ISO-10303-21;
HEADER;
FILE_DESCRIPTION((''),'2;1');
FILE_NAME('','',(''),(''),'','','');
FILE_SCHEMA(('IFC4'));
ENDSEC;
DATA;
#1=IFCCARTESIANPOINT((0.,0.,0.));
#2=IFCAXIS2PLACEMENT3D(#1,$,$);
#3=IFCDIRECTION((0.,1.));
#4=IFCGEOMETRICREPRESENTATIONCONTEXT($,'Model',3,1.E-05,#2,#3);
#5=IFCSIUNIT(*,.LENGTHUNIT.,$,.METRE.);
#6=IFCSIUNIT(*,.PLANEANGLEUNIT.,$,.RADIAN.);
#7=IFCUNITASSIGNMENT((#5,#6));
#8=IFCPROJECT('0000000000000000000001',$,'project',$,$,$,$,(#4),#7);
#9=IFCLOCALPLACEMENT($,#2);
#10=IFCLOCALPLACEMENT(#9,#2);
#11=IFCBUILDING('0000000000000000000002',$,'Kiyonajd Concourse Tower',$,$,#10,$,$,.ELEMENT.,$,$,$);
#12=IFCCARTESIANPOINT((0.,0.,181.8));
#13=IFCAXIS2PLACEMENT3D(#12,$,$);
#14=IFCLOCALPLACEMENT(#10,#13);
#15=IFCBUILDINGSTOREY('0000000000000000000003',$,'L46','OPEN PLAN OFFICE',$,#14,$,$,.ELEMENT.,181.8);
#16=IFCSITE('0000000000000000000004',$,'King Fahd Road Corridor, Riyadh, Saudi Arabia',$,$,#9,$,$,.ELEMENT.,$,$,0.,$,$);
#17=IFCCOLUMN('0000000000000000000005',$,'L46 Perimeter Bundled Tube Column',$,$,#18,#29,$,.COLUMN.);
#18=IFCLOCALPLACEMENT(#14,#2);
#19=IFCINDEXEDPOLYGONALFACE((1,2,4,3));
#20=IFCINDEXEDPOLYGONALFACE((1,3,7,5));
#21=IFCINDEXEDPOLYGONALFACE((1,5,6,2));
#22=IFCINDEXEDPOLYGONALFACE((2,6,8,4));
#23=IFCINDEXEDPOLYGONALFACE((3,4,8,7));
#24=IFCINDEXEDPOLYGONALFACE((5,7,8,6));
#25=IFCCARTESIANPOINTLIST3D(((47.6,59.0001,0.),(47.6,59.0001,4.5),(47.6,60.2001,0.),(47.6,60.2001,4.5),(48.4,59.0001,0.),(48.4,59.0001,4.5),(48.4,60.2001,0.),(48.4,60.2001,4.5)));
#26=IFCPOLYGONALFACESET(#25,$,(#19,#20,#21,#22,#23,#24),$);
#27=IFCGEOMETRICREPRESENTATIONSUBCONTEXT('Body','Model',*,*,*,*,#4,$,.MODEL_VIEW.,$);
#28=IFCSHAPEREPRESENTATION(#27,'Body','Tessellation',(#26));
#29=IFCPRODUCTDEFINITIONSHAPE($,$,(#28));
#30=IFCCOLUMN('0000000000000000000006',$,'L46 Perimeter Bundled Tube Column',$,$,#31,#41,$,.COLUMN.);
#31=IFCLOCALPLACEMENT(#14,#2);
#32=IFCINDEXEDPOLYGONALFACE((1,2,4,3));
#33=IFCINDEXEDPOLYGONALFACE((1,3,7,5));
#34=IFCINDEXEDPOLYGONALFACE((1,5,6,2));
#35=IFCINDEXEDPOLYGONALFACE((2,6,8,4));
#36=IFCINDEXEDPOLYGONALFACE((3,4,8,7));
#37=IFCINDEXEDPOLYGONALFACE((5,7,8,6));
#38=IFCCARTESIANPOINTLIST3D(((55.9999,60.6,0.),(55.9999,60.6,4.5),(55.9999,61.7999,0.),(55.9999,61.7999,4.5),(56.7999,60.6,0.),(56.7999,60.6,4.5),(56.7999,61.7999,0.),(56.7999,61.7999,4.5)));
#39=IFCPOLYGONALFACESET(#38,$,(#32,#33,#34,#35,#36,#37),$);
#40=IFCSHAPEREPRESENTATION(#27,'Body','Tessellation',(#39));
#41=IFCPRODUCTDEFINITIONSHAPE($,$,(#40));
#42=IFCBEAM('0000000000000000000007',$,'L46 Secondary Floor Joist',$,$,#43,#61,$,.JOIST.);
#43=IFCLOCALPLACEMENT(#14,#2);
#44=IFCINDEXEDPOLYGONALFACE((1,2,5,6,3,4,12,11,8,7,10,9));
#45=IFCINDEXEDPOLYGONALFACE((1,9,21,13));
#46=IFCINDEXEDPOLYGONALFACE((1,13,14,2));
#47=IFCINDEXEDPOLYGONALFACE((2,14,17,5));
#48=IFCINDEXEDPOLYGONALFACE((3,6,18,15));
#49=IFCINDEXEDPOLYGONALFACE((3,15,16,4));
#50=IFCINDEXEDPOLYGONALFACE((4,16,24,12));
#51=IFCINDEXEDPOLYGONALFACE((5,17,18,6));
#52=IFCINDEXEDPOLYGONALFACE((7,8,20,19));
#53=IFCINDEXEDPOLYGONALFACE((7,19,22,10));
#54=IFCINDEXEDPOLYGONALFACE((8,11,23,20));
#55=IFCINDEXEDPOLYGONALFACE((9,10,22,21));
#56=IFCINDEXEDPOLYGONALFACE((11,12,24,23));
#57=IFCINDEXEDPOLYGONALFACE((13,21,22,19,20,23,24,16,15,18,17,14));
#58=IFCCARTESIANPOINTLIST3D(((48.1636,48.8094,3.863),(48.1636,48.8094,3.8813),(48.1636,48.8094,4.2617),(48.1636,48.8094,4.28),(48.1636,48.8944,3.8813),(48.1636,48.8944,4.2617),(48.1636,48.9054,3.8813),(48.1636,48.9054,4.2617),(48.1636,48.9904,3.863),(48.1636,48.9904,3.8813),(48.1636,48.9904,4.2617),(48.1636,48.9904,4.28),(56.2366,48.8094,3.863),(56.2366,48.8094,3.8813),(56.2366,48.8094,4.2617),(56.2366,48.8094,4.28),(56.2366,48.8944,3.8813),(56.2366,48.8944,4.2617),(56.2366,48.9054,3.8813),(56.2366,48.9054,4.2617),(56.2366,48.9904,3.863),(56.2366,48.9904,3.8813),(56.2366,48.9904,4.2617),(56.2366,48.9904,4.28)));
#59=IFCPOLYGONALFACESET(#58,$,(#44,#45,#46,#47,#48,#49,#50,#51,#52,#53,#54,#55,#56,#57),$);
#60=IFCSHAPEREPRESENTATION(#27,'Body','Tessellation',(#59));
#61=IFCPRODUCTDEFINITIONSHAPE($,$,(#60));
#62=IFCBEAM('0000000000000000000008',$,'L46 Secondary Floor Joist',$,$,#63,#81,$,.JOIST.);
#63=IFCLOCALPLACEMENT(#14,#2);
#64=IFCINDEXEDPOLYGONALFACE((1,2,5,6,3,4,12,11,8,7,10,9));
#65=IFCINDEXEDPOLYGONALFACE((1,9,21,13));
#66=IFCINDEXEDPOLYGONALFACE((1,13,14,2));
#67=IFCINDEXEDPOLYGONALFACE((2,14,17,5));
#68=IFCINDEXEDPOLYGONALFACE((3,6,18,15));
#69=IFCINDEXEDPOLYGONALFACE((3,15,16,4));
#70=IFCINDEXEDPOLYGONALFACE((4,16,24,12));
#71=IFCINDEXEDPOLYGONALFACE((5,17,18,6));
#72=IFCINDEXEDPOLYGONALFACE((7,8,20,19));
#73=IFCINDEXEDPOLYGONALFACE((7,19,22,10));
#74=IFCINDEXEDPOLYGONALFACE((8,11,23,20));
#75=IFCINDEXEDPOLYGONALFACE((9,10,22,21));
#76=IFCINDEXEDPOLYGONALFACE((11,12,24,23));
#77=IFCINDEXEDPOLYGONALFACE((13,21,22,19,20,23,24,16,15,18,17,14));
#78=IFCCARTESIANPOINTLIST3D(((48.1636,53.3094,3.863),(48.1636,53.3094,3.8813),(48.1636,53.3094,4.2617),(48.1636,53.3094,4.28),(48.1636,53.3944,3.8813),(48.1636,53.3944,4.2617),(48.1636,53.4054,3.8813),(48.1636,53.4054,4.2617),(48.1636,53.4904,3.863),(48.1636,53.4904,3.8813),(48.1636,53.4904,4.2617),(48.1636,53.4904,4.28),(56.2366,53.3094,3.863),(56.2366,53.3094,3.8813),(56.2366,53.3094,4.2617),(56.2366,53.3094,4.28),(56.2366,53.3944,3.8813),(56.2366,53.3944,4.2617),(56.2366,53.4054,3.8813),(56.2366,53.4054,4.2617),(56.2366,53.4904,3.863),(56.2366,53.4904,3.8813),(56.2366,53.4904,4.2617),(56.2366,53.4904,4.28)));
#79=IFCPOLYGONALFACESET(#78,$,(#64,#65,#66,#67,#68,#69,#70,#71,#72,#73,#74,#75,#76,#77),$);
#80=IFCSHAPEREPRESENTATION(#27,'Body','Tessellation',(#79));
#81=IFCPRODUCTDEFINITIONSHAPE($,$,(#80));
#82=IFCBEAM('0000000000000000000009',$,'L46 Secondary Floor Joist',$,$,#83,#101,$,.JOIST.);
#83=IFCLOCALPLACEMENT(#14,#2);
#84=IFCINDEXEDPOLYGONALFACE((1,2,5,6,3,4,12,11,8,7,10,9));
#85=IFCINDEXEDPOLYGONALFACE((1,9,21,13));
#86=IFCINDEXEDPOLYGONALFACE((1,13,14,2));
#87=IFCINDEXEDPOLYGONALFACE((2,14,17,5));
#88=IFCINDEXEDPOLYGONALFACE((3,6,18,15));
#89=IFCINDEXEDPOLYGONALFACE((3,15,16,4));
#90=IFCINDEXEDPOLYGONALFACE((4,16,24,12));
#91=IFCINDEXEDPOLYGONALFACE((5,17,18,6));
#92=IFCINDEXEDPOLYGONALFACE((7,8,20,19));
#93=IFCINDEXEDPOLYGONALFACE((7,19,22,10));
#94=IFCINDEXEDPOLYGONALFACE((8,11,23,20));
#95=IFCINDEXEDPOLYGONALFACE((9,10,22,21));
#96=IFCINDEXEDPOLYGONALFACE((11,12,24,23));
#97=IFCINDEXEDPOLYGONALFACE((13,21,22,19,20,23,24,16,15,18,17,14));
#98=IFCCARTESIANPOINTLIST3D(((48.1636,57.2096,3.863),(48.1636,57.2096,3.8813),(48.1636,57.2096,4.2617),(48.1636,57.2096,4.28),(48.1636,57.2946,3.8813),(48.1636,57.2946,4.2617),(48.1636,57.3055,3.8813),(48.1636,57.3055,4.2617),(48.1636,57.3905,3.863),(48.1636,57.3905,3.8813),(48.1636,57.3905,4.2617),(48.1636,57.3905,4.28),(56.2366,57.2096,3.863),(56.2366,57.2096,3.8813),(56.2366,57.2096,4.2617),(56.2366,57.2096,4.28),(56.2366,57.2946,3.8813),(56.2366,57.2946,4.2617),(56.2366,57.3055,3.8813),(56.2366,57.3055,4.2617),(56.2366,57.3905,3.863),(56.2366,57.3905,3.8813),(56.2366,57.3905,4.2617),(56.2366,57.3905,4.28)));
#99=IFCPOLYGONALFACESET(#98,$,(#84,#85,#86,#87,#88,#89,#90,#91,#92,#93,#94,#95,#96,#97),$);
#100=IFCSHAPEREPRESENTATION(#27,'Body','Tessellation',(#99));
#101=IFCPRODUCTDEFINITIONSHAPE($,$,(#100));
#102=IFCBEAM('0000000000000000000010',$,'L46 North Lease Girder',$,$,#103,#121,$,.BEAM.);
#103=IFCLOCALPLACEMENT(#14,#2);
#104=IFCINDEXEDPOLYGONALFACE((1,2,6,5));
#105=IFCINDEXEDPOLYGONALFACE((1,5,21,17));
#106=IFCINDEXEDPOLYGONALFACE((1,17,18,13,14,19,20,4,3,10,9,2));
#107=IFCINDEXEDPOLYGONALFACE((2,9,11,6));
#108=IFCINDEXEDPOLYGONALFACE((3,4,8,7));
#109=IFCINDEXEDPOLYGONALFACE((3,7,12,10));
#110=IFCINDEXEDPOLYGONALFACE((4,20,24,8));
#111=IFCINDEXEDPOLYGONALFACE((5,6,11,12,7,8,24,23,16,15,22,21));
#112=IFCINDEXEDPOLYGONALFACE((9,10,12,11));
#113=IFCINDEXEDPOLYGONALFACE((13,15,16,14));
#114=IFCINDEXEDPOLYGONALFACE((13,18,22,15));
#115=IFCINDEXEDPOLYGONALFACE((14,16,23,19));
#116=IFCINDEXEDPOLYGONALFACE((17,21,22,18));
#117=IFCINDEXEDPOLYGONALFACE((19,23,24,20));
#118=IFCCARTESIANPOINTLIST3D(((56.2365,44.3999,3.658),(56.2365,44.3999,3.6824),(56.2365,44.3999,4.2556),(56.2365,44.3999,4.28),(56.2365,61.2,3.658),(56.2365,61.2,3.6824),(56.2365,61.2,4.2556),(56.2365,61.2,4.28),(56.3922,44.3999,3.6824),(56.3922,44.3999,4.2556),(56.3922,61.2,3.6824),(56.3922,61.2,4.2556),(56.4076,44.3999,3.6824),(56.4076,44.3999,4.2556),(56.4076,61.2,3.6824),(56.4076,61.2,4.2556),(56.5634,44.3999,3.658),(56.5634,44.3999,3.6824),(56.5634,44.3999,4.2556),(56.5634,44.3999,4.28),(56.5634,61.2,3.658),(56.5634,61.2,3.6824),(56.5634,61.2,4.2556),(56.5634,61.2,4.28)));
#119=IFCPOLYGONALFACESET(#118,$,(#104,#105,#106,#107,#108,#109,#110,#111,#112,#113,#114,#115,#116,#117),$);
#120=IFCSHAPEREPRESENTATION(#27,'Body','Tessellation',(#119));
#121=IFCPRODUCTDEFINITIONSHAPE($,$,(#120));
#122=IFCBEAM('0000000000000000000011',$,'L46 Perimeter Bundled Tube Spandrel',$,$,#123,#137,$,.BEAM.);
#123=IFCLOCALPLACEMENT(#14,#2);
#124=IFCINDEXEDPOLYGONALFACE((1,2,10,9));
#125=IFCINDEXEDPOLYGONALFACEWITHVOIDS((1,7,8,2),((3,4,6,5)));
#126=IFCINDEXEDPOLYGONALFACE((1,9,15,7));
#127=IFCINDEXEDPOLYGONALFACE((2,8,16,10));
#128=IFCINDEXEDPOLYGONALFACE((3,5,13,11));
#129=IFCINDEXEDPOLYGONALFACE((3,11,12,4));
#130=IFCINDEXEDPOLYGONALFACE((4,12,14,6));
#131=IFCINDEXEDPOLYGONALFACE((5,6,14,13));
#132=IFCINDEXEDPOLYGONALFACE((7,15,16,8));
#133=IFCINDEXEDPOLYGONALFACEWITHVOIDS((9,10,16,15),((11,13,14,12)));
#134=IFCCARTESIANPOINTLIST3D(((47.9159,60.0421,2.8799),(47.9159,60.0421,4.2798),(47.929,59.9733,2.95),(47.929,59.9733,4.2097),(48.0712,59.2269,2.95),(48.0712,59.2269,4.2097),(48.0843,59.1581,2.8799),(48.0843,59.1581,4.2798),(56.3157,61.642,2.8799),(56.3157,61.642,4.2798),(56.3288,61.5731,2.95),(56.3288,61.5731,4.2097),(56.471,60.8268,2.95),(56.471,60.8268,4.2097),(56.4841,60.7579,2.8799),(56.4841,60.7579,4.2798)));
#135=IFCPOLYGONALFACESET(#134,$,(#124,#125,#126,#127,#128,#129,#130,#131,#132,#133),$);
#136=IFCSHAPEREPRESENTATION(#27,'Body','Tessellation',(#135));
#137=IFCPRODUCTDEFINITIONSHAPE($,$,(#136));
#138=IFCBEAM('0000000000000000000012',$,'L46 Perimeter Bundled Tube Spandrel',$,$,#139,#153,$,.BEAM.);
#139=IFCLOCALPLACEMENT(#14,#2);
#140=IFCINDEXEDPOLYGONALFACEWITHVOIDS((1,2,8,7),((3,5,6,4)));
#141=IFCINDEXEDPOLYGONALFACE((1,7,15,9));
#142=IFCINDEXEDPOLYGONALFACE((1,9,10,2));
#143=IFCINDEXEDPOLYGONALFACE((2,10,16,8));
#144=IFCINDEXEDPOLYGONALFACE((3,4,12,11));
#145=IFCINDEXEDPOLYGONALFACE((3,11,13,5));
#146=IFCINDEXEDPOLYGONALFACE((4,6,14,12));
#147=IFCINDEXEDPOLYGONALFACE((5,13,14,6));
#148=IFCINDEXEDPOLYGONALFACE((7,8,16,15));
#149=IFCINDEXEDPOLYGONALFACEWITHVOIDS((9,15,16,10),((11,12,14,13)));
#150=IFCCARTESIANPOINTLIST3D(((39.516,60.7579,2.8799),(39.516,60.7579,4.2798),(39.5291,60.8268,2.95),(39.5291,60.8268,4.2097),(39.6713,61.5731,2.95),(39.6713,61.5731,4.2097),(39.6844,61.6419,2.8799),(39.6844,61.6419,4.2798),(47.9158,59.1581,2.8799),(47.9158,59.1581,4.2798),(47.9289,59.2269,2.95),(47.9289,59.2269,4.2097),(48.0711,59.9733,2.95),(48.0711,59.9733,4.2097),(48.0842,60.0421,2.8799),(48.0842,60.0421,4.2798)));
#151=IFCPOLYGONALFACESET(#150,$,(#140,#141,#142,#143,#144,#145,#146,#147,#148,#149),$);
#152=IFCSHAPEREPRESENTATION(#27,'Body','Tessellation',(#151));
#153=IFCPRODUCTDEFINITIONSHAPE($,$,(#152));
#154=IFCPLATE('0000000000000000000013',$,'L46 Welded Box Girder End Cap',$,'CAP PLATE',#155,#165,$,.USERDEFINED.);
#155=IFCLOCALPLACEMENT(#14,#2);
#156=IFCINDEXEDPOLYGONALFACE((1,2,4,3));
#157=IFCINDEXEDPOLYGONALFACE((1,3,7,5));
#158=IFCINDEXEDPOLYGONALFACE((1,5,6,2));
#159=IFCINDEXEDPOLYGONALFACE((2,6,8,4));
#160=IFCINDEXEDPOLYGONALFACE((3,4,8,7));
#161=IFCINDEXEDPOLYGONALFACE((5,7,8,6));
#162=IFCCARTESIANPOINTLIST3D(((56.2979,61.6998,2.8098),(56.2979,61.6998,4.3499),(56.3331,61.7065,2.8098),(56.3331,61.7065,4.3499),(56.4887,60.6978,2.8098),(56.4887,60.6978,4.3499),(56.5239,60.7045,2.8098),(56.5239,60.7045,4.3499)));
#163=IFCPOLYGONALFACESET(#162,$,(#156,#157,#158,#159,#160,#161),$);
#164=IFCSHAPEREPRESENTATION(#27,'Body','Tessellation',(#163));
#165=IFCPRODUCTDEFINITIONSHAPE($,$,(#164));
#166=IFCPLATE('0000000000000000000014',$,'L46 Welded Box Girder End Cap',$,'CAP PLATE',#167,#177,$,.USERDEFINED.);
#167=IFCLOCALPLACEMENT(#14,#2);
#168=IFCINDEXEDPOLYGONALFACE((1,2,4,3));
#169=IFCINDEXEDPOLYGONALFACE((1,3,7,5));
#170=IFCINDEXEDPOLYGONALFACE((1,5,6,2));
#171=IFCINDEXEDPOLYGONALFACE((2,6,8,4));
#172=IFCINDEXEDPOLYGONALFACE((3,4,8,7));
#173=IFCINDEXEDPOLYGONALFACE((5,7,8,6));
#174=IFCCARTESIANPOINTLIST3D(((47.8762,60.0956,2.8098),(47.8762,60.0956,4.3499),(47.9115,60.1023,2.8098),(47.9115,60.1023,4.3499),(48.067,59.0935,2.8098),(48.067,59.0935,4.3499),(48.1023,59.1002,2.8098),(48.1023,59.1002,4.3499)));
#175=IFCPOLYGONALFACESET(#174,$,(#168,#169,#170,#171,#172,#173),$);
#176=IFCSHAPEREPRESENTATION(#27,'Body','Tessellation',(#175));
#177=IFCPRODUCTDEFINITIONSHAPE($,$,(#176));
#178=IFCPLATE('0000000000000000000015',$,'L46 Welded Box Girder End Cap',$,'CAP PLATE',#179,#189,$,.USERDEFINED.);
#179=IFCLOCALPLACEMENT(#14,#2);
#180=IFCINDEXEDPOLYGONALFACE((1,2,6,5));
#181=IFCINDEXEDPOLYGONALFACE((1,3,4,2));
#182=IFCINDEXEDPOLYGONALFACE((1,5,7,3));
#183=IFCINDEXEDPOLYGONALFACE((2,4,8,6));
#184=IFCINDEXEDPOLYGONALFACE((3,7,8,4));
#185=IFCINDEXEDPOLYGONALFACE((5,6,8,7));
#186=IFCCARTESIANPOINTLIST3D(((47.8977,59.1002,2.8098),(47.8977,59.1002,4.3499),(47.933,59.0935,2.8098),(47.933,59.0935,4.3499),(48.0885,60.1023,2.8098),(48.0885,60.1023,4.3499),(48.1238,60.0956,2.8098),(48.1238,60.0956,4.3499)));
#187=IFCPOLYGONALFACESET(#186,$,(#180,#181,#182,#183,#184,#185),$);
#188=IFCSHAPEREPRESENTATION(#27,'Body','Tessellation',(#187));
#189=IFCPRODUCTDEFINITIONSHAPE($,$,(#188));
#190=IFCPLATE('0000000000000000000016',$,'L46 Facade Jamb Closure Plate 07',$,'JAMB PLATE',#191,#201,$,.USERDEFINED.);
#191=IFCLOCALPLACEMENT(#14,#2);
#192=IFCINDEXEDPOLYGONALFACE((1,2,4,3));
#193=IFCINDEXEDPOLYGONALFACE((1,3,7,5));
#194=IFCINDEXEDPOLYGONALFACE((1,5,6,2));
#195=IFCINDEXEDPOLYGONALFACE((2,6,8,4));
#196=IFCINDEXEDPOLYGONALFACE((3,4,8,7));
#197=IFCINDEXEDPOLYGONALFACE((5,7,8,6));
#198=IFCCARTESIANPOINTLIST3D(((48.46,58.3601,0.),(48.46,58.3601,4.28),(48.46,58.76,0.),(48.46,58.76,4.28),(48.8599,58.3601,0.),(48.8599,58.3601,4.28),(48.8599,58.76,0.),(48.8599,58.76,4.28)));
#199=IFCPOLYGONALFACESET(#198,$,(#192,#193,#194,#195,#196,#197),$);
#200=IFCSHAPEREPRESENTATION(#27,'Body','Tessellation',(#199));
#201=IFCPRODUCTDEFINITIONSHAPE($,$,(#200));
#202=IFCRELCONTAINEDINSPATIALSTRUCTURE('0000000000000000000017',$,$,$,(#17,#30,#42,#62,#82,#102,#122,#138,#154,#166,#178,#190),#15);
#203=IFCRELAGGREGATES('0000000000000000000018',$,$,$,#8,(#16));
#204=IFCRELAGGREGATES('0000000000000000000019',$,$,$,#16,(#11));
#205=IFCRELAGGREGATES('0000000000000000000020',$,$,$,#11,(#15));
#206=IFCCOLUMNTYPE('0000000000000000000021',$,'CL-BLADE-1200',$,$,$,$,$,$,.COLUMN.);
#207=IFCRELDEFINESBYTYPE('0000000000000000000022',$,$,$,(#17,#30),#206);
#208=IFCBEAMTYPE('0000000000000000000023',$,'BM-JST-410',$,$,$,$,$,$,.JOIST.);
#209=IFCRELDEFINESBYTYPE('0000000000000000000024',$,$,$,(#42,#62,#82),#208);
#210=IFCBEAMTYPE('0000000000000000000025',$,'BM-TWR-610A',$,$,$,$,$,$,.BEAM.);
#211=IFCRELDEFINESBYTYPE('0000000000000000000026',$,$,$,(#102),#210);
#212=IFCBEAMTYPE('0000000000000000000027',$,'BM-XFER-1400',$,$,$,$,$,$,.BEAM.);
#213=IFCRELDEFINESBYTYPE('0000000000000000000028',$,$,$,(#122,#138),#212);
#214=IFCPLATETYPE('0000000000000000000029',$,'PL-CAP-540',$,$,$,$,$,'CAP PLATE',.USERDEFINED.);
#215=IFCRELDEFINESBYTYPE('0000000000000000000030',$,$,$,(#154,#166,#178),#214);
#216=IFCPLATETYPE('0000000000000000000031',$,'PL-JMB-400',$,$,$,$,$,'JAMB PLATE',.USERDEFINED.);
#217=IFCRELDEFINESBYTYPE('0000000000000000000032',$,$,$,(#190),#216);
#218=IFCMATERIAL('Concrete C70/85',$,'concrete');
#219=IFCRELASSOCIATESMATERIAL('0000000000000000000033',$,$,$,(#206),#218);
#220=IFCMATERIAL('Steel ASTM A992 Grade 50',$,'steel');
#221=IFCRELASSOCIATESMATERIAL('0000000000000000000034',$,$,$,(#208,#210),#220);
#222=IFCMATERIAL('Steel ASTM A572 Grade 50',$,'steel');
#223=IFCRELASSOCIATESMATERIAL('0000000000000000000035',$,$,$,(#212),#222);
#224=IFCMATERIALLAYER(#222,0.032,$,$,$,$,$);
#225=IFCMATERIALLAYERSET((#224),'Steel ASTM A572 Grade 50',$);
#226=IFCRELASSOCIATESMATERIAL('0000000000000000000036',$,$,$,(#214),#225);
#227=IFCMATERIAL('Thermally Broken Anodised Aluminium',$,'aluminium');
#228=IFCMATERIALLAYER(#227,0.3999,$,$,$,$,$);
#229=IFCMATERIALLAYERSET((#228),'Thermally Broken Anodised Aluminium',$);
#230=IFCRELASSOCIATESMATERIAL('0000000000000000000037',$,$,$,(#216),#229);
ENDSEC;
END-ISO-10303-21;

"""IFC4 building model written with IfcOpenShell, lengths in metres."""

from ifc_helpers import new_model, si_unit, direction, frame, origin, origin_2d, place, context, subcontext, project, spatial, rectangle, hollow_rectangle, i_section, extrude, material, layer, layer_set, material_profile, profile_set, type_object, element, save


model = new_model("IFC4")

# Units and contexts
model_context = context("Model", 3, precision=1e-05, world=origin(), true_north=direction((0.0, 1.0)))
body_context = subcontext(model_context, "Body", "Model", "MODEL_VIEW")
ifc_project = project(units=[si_unit("LENGTHUNIT", "METRE"), si_unit("PLANEANGLEUNIT", "RADIAN")], contexts=[model_context])

# Site, building, storey
site_placement = place(None, origin())
site = spatial("IfcSite", under=ifc_project, at=site_placement, Name="King Fahd Road Corridor, Riyadh, Saudi Arabia", CompositionType="ELEMENT", RefElevation=0.0)
building_placement = place(site_placement, origin())
building = spatial("IfcBuilding", under=site, at=building_placement, Name="Kiyonajd Concourse Tower", CompositionType="ELEMENT")
storey_placement = place(building_placement, frame((0.0, 0.0, 181.8)))
storey = spatial("IfcBuildingStorey", under=building, at=storey_placement, Name="L46", Description="OPEN PLAN OFFICE", CompositionType="ELEMENT", Elevation=181.8)

# Columns
ifc_material_1 = material(Name="Concrete C70/85", Category="concrete")
ifc_material_profile_1 = material_profile(ifc_material_1, rectangle(XDim=0.8, YDim=1.2, at=origin_2d()), Name="RC-1200x800")
ifc_profile_set_1 = profile_set([ifc_material_profile_1], Name="Concrete C70/85")
column_type = type_object("IfcColumnType", Name="CL-BLADE-1200", PredefinedType="COLUMN", material=ifc_profile_set_1)
for number, where, z_axis, x_axis, name in (
    (1, (48.0, 59.6001, 0.0), (0.0, 0.0, 1.0), (1.0, 0.0, 0.0), "L46 Perimeter Bundled Tube Column"),
    (2, (56.3999, 61.2, 0.0), (0.0, 0.0, 1.0), (1.0, 0.0, 0.0), "L46 Perimeter Bundled Tube Column"),
):
    element("IfcColumn", number, at=place(storey_placement, frame(where, z_axis=z_axis, x_axis=x_axis)), inside=storey, type_object=column_type, Name=name, PredefinedType="COLUMN", context=body_context, shape_type="SweptSolid", body=[
        extrude(rectangle(XDim=0.8, YDim=1.2, at=origin_2d()), origin(), (0.0, 0.0, 1.0), 4.5),
    ])

# Beams
ifc_material_2 = material(Name="Steel ASTM A992 Grade 50", Category="steel")
ifc_material_profile_2 = material_profile(ifc_material_2, i_section(OverallWidth=0.1809, OverallDepth=0.417, WebThickness=0.011, FlangeThickness=0.0183, at=origin_2d()), Name="W410X85")
ifc_profile_set_2 = profile_set([ifc_material_profile_2], Name="Steel ASTM A992 Grade 50")
beam_type_1 = type_object("IfcBeamType", Name="BM-JST-410", PredefinedType="JOIST", material=ifc_profile_set_2)
for number, where, z_axis, x_axis, name in (
    (3, (48.1636, 48.8999, 4.0715), (1.0, 0.0, 0.0), (0.0, 1.0, 0.0), "L46 Secondary Floor Joist"),
    (4, (48.1636, 53.3999, 4.0715), (1.0, 0.0, 0.0), (0.0, 1.0, 0.0), "L46 Secondary Floor Joist"),
    (5, (48.1636, 57.3, 4.0715), (1.0, 0.0, 0.0), (0.0, 1.0, 0.0), "L46 Secondary Floor Joist"),
):
    element("IfcBeam", number, at=place(storey_placement, frame(where, z_axis=z_axis, x_axis=x_axis)), inside=storey, type_object=beam_type_1, Name=name, PredefinedType="JOIST", context=body_context, shape_type="SweptSolid", body=[
        extrude(i_section(OverallWidth=0.1809, OverallDepth=0.417, WebThickness=0.011, FlangeThickness=0.0183, at=origin_2d()), origin(), (0.0, 0.0, 1.0), 8.073),
    ])
ifc_material_profile_3 = material_profile(ifc_material_2, i_section(OverallWidth=0.3269, OverallDepth=0.6221, WebThickness=0.0154, FlangeThickness=0.0244, at=origin_2d()), Name="W610X195")
ifc_profile_set_3 = profile_set([ifc_material_profile_3], Name="Steel ASTM A992 Grade 50")
beam_type_2 = type_object("IfcBeamType", Name="BM-TWR-610A", PredefinedType="BEAM", material=ifc_profile_set_3)
beam_placement = place(storey_placement, frame((56.3999, 44.3999, 3.969), z_axis=(0.0, 1.0, 0.0), x_axis=(-1.0, 0.0, 0.0)))
element("IfcBeam", 6, at=beam_placement, inside=storey, type_object=beam_type_2, Name="L46 North Lease Girder", PredefinedType="BEAM", context=body_context, shape_type="SweptSolid", body=[
    extrude(i_section(OverallWidth=0.3269, OverallDepth=0.6221, WebThickness=0.0154, FlangeThickness=0.0244, at=origin_2d()), origin(), (0.0, 0.0, 1.0), 16.8),
])
ifc_material_3 = material(Name="Steel ASTM A572 Grade 50", Category="steel")
ifc_material_profile_4 = material_profile(ifc_material_3, hollow_rectangle(XDim=0.8999, YDim=1.3999, WallThickness=0.0701, at=origin_2d()), Name="BOX-1400x900x70")
ifc_profile_set_4 = profile_set([ifc_material_profile_4], Name="Steel ASTM A572 Grade 50")
beam_type_3 = type_object("IfcBeamType", Name="BM-XFER-1400", PredefinedType="BEAM", material=ifc_profile_set_4)
for number, where, z_axis, x_axis, name in (
    (7, (56.3999, 61.2, 3.5798), (-0.982341, -0.187098, 0.0), (0.187098, -0.982341, 0.0), "L46 Perimeter Bundled Tube Spandrel"),
    (8, (48.0, 59.6001, 3.5798), (-0.982341, 0.187098, 0.0), (-0.187098, -0.982341, 0.0), "L46 Perimeter Bundled Tube Spandrel"),
):
    element("IfcBeam", number, at=place(storey_placement, frame(where, z_axis=z_axis, x_axis=x_axis)), inside=storey, type_object=beam_type_3, Name=name, PredefinedType="BEAM", context=body_context, shape_type="SweptSolid", body=[
        extrude(hollow_rectangle(XDim=0.8999, YDim=1.3999, WallThickness=0.0701, at=origin_2d()), origin(), (0.0, 0.0, 1.0), 8.5508),
    ])

# Plates
ifc_layer_1 = layer(ifc_material_3, 0.032)
ifc_layer_set_1 = layer_set([ifc_layer_1], Name="Steel ASTM A572 Grade 50")
plate_type_1 = type_object("IfcPlateType", Name="PL-CAP-540", ElementType="CAP PLATE", PredefinedType="USERDEFINED", material=ifc_layer_set_1)
for number, where, z_axis, x_axis, name in (
    (9, (56.4109, 61.2021, 2.8098), (0.0, 0.0, 1.0), (0.982353, 0.187038, 0.0), "L46 Welded Box Girder End Cap"),
    (10, (47.9893, 59.5979, 2.8098), (0.0, 0.0, 1.0), (-0.982353, -0.187038, 0.0), "L46 Welded Box Girder End Cap"),
    (11, (48.0107, 59.5979, 2.8098), (0.0, 0.0, 1.0), (0.982353, -0.187038, 0.0), "L46 Welded Box Girder End Cap"),
):
    element("IfcPlate", number, at=place(storey_placement, frame(where, z_axis=z_axis, x_axis=x_axis)), inside=storey, type_object=plate_type_1, Name=name, ObjectType="CAP PLATE", PredefinedType="USERDEFINED", context=body_context, shape_type="SweptSolid", body=[
        extrude(rectangle(XDim=0.0359, YDim=1.02, at=origin_2d()), origin(), (0.0, 0.0, 1.0), 1.54),
    ])
ifc_material_4 = material(Name="Thermally Broken Anodised Aluminium", Category="aluminium")
ifc_layer_2 = layer(ifc_material_4, 0.3999)
ifc_layer_set_2 = layer_set([ifc_layer_2], Name="Thermally Broken Anodised Aluminium")
plate_type_2 = type_object("IfcPlateType", Name="PL-JMB-400", ElementType="JAMB PLATE", PredefinedType="USERDEFINED", material=ifc_layer_set_2)
for number, where, z_axis, x_axis, name in (
    (12, (48.6599, 58.5601, 0.0), (0.0, 0.0, 1.0), (1.0, 0.0, 0.0), "L46 Facade Jamb Closure Plate 07"),
):
    element("IfcPlate", number, at=place(storey_placement, frame(where, z_axis=z_axis, x_axis=x_axis)), inside=storey, type_object=plate_type_2, Name=name, ObjectType="JAMB PLATE", PredefinedType="USERDEFINED", context=body_context, shape_type="SweptSolid", body=[
        extrude(rectangle(XDim=0.3999, YDim=0.3999, at=origin_2d()), origin(), (0.0, 0.0, 1.0), 4.28),
    ])

save(model, "model.ifc")
